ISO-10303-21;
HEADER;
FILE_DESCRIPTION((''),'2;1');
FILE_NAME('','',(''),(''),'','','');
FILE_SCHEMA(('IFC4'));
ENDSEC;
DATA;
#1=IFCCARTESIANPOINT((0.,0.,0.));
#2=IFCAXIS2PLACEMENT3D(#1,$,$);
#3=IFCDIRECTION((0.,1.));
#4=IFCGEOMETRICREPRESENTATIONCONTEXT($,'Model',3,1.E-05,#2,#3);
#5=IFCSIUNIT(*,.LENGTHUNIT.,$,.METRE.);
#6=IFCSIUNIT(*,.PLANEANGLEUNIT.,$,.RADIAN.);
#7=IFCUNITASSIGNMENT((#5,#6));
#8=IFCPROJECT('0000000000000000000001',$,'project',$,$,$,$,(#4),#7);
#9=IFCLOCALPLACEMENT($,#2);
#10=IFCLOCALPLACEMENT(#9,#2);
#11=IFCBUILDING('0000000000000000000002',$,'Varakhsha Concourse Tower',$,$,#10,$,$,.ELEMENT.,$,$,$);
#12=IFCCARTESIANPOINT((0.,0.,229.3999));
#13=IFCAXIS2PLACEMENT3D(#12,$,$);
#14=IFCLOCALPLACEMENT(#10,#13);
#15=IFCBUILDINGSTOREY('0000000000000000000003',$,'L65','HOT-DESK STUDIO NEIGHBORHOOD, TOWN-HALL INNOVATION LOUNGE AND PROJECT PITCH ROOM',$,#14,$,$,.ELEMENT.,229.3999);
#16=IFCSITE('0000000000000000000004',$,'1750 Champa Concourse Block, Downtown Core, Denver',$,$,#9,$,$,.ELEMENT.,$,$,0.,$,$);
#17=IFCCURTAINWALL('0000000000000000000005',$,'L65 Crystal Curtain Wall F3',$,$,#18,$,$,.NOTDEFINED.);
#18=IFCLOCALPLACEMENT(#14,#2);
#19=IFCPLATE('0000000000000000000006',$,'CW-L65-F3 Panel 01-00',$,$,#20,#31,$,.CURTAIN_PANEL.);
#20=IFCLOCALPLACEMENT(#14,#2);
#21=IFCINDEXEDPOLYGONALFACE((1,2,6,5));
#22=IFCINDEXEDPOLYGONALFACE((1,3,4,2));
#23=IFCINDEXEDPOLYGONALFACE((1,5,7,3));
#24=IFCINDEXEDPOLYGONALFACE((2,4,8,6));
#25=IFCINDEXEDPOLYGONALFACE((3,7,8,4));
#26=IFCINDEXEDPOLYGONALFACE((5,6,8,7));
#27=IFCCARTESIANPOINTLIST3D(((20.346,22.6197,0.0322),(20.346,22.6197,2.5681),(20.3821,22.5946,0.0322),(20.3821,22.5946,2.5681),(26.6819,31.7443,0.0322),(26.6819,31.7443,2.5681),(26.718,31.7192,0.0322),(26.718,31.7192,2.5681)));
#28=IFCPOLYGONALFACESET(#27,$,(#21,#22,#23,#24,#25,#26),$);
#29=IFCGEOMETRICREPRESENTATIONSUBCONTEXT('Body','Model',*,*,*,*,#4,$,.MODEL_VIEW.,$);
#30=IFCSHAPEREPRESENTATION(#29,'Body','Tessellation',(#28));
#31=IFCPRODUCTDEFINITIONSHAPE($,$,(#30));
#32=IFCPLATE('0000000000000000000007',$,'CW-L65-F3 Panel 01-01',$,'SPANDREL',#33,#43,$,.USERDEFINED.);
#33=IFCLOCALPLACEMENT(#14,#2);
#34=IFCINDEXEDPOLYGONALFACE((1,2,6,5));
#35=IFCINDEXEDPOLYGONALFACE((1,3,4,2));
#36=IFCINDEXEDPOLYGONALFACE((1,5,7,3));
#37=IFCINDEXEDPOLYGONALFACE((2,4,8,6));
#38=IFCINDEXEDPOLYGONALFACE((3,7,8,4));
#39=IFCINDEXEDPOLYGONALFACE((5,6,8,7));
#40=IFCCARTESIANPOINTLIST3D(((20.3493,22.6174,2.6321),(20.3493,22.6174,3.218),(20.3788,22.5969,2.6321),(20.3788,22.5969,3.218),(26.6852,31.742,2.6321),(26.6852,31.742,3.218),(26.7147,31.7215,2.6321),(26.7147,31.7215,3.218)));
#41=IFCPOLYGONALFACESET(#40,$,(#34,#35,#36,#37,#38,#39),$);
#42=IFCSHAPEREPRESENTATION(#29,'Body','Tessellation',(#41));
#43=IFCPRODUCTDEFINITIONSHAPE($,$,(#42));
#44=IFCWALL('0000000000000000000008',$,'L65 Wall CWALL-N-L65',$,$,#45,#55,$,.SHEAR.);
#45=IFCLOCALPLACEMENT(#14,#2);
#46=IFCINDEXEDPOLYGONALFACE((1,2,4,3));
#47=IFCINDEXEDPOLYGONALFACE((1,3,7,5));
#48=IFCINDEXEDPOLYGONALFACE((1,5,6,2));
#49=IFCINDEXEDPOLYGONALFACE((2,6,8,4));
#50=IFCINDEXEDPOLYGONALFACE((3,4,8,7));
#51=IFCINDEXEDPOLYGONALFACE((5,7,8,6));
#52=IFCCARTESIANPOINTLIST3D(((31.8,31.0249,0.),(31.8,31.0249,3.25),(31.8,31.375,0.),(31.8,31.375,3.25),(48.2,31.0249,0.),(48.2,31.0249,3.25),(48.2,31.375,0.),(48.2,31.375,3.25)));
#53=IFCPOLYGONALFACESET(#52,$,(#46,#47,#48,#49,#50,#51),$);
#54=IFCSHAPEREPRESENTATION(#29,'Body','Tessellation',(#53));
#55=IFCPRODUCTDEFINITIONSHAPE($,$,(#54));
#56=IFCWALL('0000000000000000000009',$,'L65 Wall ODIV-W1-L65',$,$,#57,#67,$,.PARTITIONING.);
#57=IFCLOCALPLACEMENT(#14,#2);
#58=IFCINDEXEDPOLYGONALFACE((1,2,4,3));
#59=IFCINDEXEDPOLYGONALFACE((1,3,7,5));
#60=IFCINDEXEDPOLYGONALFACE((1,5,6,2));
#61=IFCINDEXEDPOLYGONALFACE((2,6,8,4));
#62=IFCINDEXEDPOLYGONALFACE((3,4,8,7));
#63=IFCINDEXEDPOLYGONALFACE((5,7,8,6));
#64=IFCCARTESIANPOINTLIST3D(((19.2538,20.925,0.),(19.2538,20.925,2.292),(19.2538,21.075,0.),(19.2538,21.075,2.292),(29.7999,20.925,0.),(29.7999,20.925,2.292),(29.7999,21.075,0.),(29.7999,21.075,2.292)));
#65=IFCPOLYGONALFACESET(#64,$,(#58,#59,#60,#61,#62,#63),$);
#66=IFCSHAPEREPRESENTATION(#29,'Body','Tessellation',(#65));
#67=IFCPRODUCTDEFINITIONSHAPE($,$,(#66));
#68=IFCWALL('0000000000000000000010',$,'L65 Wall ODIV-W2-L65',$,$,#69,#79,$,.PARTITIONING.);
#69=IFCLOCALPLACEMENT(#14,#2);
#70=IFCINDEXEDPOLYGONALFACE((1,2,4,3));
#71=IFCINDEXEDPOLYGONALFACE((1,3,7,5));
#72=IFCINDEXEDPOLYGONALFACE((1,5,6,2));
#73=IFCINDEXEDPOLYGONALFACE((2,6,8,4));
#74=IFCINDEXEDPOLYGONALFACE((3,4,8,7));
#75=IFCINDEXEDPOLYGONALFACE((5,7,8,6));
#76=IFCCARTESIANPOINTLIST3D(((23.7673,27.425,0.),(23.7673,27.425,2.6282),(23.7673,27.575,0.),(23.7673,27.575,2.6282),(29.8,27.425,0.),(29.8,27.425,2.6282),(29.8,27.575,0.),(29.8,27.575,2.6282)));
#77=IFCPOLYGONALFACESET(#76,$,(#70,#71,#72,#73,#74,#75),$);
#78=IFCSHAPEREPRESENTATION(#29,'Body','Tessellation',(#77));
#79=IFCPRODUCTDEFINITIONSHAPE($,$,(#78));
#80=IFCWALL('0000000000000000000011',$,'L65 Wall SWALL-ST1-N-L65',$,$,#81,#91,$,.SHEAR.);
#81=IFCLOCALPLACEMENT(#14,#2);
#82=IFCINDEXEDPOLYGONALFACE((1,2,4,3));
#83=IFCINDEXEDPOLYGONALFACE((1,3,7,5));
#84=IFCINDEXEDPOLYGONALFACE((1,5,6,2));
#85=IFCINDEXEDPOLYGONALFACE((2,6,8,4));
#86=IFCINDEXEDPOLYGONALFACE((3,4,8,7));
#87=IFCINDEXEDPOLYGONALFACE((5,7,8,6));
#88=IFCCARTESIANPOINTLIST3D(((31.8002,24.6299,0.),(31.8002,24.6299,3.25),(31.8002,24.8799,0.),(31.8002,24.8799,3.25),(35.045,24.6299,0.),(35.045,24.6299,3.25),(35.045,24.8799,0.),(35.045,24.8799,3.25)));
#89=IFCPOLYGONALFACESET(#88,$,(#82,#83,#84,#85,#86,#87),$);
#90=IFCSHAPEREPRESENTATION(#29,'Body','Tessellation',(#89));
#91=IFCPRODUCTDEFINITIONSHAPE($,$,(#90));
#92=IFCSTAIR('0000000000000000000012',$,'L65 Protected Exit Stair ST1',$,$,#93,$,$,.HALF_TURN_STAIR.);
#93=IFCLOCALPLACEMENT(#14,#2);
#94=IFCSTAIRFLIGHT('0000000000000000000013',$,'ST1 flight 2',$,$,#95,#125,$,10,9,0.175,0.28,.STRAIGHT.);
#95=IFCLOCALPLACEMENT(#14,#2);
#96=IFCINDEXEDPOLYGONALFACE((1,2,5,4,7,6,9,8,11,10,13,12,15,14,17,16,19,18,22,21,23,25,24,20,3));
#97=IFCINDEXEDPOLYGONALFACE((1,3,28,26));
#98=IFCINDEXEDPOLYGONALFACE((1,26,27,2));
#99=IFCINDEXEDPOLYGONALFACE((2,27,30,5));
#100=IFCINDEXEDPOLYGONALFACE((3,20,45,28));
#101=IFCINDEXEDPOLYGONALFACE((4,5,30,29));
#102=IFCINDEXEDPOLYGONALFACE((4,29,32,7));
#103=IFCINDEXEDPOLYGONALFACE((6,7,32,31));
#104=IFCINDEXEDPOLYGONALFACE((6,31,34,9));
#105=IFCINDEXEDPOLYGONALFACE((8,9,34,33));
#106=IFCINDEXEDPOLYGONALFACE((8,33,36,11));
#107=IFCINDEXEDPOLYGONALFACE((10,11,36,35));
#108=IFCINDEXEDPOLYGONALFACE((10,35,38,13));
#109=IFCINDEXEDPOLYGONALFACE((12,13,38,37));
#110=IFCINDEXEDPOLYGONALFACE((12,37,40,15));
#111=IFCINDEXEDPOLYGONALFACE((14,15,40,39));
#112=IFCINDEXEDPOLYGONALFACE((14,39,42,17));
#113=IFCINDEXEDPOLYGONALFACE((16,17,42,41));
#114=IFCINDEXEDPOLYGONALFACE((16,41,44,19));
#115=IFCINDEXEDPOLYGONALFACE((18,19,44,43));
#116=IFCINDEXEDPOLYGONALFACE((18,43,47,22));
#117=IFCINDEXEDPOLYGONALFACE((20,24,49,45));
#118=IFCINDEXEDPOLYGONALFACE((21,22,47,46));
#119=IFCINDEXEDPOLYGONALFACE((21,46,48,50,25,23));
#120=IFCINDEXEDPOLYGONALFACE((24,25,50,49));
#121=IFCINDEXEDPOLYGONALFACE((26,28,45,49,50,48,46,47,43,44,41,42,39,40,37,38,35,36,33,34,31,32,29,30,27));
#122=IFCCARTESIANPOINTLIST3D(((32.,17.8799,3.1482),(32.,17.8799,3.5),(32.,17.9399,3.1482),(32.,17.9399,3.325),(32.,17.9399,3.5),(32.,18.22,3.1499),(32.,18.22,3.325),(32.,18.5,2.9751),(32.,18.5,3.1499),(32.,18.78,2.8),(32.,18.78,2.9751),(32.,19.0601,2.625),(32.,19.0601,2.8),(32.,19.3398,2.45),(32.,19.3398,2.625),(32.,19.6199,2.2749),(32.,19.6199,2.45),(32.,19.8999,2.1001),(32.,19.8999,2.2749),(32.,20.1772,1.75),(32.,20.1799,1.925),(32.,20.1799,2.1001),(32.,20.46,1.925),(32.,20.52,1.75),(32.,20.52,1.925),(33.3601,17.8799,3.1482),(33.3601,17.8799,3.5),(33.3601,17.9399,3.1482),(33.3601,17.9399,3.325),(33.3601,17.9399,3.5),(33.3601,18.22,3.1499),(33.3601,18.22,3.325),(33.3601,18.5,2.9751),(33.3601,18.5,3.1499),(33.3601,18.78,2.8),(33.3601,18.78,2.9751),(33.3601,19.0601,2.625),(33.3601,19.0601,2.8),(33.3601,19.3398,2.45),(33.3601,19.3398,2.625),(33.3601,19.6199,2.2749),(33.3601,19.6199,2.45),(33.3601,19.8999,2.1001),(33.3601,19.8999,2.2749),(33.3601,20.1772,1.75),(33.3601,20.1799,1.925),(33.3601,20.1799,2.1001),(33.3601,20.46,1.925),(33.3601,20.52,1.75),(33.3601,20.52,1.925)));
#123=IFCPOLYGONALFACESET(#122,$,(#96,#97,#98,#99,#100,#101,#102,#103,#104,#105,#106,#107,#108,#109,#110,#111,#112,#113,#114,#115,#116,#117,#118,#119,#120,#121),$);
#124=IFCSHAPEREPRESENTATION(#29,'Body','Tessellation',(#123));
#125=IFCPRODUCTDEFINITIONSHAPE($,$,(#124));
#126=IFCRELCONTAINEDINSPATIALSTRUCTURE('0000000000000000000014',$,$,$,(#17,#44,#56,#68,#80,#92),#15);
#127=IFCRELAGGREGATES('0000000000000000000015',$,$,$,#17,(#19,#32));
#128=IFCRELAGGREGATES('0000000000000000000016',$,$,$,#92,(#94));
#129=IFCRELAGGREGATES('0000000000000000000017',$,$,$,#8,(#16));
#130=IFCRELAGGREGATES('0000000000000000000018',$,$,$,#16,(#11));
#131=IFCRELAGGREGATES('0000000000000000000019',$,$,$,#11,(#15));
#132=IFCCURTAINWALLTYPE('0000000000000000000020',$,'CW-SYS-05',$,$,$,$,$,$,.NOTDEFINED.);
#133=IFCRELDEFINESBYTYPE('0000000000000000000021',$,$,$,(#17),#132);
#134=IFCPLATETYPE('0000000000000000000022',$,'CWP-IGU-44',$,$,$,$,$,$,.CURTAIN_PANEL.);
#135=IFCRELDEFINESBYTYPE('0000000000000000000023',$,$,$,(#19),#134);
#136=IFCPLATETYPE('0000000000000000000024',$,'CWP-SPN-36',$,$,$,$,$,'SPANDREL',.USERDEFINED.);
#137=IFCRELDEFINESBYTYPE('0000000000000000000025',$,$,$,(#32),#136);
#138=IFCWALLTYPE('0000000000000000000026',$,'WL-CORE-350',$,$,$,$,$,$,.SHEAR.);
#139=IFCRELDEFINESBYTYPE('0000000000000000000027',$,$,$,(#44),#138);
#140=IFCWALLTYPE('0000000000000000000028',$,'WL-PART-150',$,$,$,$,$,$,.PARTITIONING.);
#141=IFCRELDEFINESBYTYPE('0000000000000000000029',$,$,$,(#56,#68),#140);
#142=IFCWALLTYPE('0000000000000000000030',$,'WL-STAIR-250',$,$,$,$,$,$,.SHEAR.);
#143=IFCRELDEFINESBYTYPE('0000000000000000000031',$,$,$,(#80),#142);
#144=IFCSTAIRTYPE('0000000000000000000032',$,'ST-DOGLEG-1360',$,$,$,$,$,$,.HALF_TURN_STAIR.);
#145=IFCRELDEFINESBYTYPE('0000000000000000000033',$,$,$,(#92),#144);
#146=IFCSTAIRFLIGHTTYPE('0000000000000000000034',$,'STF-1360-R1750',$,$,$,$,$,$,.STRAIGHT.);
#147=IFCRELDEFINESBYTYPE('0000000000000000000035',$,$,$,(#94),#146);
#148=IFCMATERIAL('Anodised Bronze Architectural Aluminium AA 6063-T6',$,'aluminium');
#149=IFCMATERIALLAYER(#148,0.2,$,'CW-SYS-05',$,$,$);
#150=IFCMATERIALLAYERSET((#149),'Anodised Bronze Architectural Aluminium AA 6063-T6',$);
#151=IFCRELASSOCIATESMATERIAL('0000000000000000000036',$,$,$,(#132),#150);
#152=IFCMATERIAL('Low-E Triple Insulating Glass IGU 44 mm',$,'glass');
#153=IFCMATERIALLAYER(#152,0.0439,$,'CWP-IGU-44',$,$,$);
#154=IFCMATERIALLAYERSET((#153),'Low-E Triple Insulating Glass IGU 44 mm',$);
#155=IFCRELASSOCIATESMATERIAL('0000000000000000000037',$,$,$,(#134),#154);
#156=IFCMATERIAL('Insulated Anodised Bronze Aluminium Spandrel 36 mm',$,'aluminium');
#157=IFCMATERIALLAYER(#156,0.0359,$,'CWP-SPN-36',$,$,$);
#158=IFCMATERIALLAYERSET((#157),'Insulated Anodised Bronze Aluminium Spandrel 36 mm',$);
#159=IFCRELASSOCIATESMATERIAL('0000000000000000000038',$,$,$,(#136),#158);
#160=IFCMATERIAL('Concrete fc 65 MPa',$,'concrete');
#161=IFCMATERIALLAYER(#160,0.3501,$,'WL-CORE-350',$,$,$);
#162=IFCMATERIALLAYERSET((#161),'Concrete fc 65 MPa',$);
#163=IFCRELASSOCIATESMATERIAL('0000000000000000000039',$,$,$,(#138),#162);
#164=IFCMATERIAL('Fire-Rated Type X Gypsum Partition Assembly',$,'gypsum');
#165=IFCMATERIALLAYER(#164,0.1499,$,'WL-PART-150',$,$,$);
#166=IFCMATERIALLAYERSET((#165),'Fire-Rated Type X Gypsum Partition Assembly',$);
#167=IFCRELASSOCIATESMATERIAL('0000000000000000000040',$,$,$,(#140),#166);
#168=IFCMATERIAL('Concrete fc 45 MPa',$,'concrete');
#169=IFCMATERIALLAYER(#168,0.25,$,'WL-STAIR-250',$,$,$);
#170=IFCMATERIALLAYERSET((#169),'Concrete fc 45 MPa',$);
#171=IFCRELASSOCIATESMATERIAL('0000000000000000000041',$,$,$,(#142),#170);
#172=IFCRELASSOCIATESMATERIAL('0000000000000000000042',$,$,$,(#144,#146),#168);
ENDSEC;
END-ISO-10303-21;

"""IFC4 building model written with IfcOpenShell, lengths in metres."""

from ifc_helpers import new_model, si_unit, direction, frame, frame_2d, origin, origin_2d, place, context, subcontext, project, spatial, polyline, rectangle, outline, extrude, source, transform, mapped, material, layer, layer_set, type_object, type_shapes, element, aggregate, save


model = new_model("IFC4")

# Units and contexts
model_context = context("Model", 3, precision=1e-05, world=origin(), true_north=direction((0.0, 1.0)))
body_context = subcontext(model_context, "Body", "Model", "MODEL_VIEW")
ifc_project = project(units=[si_unit("LENGTHUNIT", "METRE"), si_unit("PLANEANGLEUNIT", "RADIAN")], contexts=[model_context])

# Site, building, storey
site_placement = place(None, origin())
site = spatial("IfcSite", under=ifc_project, at=site_placement, Name="1750 Champa Concourse Block, Downtown Core, Denver", CompositionType="ELEMENT", RefElevation=0.0)
building_placement = place(site_placement, origin())
building = spatial("IfcBuilding", under=site, at=building_placement, Name="Varakhsha Concourse Tower", CompositionType="ELEMENT")
storey_placement = place(building_placement, frame((0.0, 0.0, 229.3999)))
storey = spatial("IfcBuildingStorey", under=building, at=storey_placement, Name="L65", Description="HOT-DESK STUDIO NEIGHBORHOOD, TOWN-HALL INNOVATION LOUNGE AND PROJECT PITCH ROOM", CompositionType="ELEMENT", Elevation=229.3999)

# Curtain wall, plates
ifc_material_1 = material(Name="Anodised Bronze Architectural Aluminium AA 6063-T6", Category="aluminium")
ifc_layer_1 = layer(ifc_material_1, 0.2, Name="CW-SYS-05")
ifc_layer_set_1 = layer_set([ifc_layer_1], Name="Anodised Bronze Architectural Aluminium AA 6063-T6")
curtain_wall_type = type_object("IfcCurtainWallType", Name="CW-SYS-05", PredefinedType="NOTDEFINED", material=ifc_layer_set_1)
curtain_wall_placement = place(storey_placement, origin())
curtain_wall = element("IfcCurtainWall", 1, at=curtain_wall_placement, inside=storey, type_object=curtain_wall_type, Name="L65 Crystal Curtain Wall F3", PredefinedType="NOTDEFINED")
ifc_material_2 = material(Name="Low-E Triple Insulating Glass IGU 44 mm", Category="glass")
ifc_layer_2 = layer(ifc_material_2, 0.0439, Name="CWP-IGU-44")
ifc_layer_set_2 = layer_set([ifc_layer_2], Name="Low-E Triple Insulating Glass IGU 44 mm")
plate_type_1 = type_object("IfcPlateType", Name="CWP-IGU-44", PredefinedType="CURTAIN_PANEL", material=ifc_layer_set_2)
shared_shape_1 = source(origin(), body_context, "Body", "SweptSolid", [
    extrude(rectangle(XDim=11.1086, YDim=0.0439, at=origin_2d()), origin(), (0.0, 0.0, 1.0), 2.5359),
])
type_shapes(plate_type_1, [shared_shape_1])
plate_1_placement = place(storey_placement, frame((23.532, 27.1694, 0.0322), z_axis=(0.0, 0.0, 1.0), x_axis=(0.570361, 0.821394, 0.0)))
plate_1 = element("IfcPlate", 2, at=plate_1_placement, type_object=plate_type_1, Name="CW-L65-F3 Panel 01-00", PredefinedType="CURTAIN_PANEL", context=body_context, shape_type="MappedRepresentation", body=[
    mapped(shared_shape_1, transform((0.0, 0.0, 0.0), scale=1.0)),
])
ifc_material_3 = material(Name="Insulated Anodised Bronze Aluminium Spandrel 36 mm", Category="aluminium")
ifc_layer_3 = layer(ifc_material_3, 0.0359, Name="CWP-SPN-36")
ifc_layer_set_3 = layer_set([ifc_layer_3], Name="Insulated Anodised Bronze Aluminium Spandrel 36 mm")
plate_type_2 = type_object("IfcPlateType", Name="CWP-SPN-36", ElementType="SPANDREL", PredefinedType="USERDEFINED", material=ifc_layer_set_3)
shared_shape_2 = source(origin(), body_context, "Body", "SweptSolid", [
    extrude(rectangle(XDim=11.1086, YDim=0.0359, at=origin_2d()), origin(), (0.0, 0.0, 1.0), 0.5859),
])
type_shapes(plate_type_2, [shared_shape_2])
plate_2_placement = place(storey_placement, frame((23.532, 27.1694, 2.6321), z_axis=(0.0, 0.0, 1.0), x_axis=(0.570361, 0.821394, 0.0)))
plate_2 = element("IfcPlate", 3, at=plate_2_placement, type_object=plate_type_2, Name="CW-L65-F3 Panel 01-01", ObjectType="SPANDREL", PredefinedType="USERDEFINED", context=body_context, shape_type="MappedRepresentation", body=[
    mapped(shared_shape_2, transform((0.0, 0.0, 0.0), scale=1.0)),
])
aggregate(curtain_wall, [plate_1, plate_2])

# Walls
ifc_material_4 = material(Name="Concrete fc 65 MPa", Category="concrete")
ifc_layer_4 = layer(ifc_material_4, 0.3501, Name="WL-CORE-350")
ifc_layer_set_4 = layer_set([ifc_layer_4], Name="Concrete fc 65 MPa")
wall_type_1 = type_object("IfcWallType", Name="WL-CORE-350", PredefinedType="SHEAR", material=ifc_layer_set_4)
wall_1_placement = place(storey_placement, frame((31.8, 31.2, 0.0), z_axis=(0.0, 0.0, 1.0), x_axis=(1.0, 0.0, 0.0)))
element("IfcWall", 4, at=wall_1_placement, inside=storey, type_object=wall_type_1, Name="L65 Wall CWALL-N-L65", PredefinedType="SHEAR", context=body_context, shape_type="SweptSolid", body=[
    extrude(rectangle(XDim=16.3999, YDim=0.3501, at=frame_2d((8.2, 0.0))), origin(), (0.0, 0.0, 1.0), 3.25),
])
ifc_material_5 = material(Name="Fire-Rated Type X Gypsum Partition Assembly", Category="gypsum")
ifc_layer_5 = layer(ifc_material_5, 0.1499, Name="WL-PART-150")
ifc_layer_set_5 = layer_set([ifc_layer_5], Name="Fire-Rated Type X Gypsum Partition Assembly")
wall_type_2 = type_object("IfcWallType", Name="WL-PART-150", PredefinedType="PARTITIONING", material=ifc_layer_set_5)
wall_2_placement = place(storey_placement, frame((19.2539, 21.0, 0.0), z_axis=(0.0, 0.0, 1.0), x_axis=(1.0, 0.0, 0.0)))
element("IfcWall", 5, at=wall_2_placement, inside=storey, type_object=wall_type_2, Name="L65 Wall ODIV-W1-L65", PredefinedType="PARTITIONING", context=body_context, shape_type="SweptSolid", body=[
    extrude(rectangle(XDim=10.5461, YDim=0.1499, at=frame_2d((5.2729, 0.0))), origin(), (0.0, 0.0, 1.0), 2.292),
])
wall_3_placement = place(storey_placement, frame((23.7673, 27.5, 0.0), z_axis=(0.0, 0.0, 1.0), x_axis=(1.0, 0.0, 0.0)))
element("IfcWall", 6, at=wall_3_placement, inside=storey, type_object=wall_type_2, Name="L65 Wall ODIV-W2-L65", PredefinedType="PARTITIONING", context=body_context, shape_type="SweptSolid", body=[
    extrude(rectangle(XDim=6.0327, YDim=0.1499, at=frame_2d((3.0164, 0.0))), origin(), (0.0, 0.0, 1.0), 2.6282),
])
ifc_material_6 = material(Name="Concrete fc 45 MPa", Category="concrete")
ifc_layer_6 = layer(ifc_material_6, 0.25, Name="WL-STAIR-250")
ifc_layer_set_6 = layer_set([ifc_layer_6], Name="Concrete fc 45 MPa")
wall_type_3 = type_object("IfcWallType", Name="WL-STAIR-250", PredefinedType="SHEAR", material=ifc_layer_set_6)
wall_4_placement = place(storey_placement, frame((31.8, 24.7549, 0.0), z_axis=(0.0, 0.0, 1.0), x_axis=(1.0, 0.0, 0.0)))
element("IfcWall", 7, at=wall_4_placement, inside=storey, type_object=wall_type_3, Name="L65 Wall SWALL-ST1-N-L65", PredefinedType="SHEAR", context=body_context, shape_type="SweptSolid", body=[
    extrude(rectangle(XDim=3.2449, YDim=0.25, at=frame_2d((1.6226, 0.0))), origin(), (0.0, 0.0, 1.0), 3.25),
])

# Stair, stair flight
stair_type = type_object("IfcStairType", Name="ST-DOGLEG-1360", PredefinedType="HALF_TURN_STAIR", material=ifc_material_6)
stair_placement = place(storey_placement, origin())
stair = element("IfcStair", 8, at=stair_placement, inside=storey, type_object=stair_type, Name="L65 Protected Exit Stair ST1", PredefinedType="HALF_TURN_STAIR")
stair_flight_type = type_object("IfcStairFlightType", Name="STF-1360-R1750", PredefinedType="STRAIGHT", material=ifc_material_6)
stair_flight_placement = place(storey_placement, frame((32.6799, 20.46, 1.75), z_axis=(0.0, 0.0, 1.0), x_axis=(0.0, -1.0, 0.0)))
stair_flight = element("IfcStairFlight", 9, at=stair_flight_placement, type_object=stair_flight_type, Name="ST1 flight 2", NumberOfRisers=10, NumberOfTreads=9, PredefinedType="STRAIGHT", RiserHeight=0.175, TreadLength=0.28, context=body_context, shape_type="SweptSolid", body=[
    extrude(outline(polyline([(-0.0601, 0.0), (-0.0601, 0.175), (0.0, 0.175), (0.28, 0.175), (0.28, 0.3501), (0.5601, 0.3501), (0.5601, 0.5249), (0.8401, 0.5249), (0.8401, 0.7), (1.1201, 0.7), (1.1201, 0.875), (1.3999, 0.875), (1.3999, 1.05), (1.6799, 1.05), (1.6799, 1.2251), (1.96, 1.2251), (1.96, 1.3999), (2.24, 1.3999), (2.24, 1.575), (2.52, 1.575), (2.52, 1.75), (2.5801, 1.75), (2.5801, 1.3982), (2.52, 1.3982), (0.2827, 0.0), (-0.0601, 0.0)])), frame((0.0, 0.6802, 0.0), z_axis=(0.0, -1.0, 0.0), x_axis=(1.0, 0.0, 0.0)), (0.0, 0.0, 1.0), 1.3601),
])
aggregate(stair, [stair_flight])

save(model, "model.ifc")
